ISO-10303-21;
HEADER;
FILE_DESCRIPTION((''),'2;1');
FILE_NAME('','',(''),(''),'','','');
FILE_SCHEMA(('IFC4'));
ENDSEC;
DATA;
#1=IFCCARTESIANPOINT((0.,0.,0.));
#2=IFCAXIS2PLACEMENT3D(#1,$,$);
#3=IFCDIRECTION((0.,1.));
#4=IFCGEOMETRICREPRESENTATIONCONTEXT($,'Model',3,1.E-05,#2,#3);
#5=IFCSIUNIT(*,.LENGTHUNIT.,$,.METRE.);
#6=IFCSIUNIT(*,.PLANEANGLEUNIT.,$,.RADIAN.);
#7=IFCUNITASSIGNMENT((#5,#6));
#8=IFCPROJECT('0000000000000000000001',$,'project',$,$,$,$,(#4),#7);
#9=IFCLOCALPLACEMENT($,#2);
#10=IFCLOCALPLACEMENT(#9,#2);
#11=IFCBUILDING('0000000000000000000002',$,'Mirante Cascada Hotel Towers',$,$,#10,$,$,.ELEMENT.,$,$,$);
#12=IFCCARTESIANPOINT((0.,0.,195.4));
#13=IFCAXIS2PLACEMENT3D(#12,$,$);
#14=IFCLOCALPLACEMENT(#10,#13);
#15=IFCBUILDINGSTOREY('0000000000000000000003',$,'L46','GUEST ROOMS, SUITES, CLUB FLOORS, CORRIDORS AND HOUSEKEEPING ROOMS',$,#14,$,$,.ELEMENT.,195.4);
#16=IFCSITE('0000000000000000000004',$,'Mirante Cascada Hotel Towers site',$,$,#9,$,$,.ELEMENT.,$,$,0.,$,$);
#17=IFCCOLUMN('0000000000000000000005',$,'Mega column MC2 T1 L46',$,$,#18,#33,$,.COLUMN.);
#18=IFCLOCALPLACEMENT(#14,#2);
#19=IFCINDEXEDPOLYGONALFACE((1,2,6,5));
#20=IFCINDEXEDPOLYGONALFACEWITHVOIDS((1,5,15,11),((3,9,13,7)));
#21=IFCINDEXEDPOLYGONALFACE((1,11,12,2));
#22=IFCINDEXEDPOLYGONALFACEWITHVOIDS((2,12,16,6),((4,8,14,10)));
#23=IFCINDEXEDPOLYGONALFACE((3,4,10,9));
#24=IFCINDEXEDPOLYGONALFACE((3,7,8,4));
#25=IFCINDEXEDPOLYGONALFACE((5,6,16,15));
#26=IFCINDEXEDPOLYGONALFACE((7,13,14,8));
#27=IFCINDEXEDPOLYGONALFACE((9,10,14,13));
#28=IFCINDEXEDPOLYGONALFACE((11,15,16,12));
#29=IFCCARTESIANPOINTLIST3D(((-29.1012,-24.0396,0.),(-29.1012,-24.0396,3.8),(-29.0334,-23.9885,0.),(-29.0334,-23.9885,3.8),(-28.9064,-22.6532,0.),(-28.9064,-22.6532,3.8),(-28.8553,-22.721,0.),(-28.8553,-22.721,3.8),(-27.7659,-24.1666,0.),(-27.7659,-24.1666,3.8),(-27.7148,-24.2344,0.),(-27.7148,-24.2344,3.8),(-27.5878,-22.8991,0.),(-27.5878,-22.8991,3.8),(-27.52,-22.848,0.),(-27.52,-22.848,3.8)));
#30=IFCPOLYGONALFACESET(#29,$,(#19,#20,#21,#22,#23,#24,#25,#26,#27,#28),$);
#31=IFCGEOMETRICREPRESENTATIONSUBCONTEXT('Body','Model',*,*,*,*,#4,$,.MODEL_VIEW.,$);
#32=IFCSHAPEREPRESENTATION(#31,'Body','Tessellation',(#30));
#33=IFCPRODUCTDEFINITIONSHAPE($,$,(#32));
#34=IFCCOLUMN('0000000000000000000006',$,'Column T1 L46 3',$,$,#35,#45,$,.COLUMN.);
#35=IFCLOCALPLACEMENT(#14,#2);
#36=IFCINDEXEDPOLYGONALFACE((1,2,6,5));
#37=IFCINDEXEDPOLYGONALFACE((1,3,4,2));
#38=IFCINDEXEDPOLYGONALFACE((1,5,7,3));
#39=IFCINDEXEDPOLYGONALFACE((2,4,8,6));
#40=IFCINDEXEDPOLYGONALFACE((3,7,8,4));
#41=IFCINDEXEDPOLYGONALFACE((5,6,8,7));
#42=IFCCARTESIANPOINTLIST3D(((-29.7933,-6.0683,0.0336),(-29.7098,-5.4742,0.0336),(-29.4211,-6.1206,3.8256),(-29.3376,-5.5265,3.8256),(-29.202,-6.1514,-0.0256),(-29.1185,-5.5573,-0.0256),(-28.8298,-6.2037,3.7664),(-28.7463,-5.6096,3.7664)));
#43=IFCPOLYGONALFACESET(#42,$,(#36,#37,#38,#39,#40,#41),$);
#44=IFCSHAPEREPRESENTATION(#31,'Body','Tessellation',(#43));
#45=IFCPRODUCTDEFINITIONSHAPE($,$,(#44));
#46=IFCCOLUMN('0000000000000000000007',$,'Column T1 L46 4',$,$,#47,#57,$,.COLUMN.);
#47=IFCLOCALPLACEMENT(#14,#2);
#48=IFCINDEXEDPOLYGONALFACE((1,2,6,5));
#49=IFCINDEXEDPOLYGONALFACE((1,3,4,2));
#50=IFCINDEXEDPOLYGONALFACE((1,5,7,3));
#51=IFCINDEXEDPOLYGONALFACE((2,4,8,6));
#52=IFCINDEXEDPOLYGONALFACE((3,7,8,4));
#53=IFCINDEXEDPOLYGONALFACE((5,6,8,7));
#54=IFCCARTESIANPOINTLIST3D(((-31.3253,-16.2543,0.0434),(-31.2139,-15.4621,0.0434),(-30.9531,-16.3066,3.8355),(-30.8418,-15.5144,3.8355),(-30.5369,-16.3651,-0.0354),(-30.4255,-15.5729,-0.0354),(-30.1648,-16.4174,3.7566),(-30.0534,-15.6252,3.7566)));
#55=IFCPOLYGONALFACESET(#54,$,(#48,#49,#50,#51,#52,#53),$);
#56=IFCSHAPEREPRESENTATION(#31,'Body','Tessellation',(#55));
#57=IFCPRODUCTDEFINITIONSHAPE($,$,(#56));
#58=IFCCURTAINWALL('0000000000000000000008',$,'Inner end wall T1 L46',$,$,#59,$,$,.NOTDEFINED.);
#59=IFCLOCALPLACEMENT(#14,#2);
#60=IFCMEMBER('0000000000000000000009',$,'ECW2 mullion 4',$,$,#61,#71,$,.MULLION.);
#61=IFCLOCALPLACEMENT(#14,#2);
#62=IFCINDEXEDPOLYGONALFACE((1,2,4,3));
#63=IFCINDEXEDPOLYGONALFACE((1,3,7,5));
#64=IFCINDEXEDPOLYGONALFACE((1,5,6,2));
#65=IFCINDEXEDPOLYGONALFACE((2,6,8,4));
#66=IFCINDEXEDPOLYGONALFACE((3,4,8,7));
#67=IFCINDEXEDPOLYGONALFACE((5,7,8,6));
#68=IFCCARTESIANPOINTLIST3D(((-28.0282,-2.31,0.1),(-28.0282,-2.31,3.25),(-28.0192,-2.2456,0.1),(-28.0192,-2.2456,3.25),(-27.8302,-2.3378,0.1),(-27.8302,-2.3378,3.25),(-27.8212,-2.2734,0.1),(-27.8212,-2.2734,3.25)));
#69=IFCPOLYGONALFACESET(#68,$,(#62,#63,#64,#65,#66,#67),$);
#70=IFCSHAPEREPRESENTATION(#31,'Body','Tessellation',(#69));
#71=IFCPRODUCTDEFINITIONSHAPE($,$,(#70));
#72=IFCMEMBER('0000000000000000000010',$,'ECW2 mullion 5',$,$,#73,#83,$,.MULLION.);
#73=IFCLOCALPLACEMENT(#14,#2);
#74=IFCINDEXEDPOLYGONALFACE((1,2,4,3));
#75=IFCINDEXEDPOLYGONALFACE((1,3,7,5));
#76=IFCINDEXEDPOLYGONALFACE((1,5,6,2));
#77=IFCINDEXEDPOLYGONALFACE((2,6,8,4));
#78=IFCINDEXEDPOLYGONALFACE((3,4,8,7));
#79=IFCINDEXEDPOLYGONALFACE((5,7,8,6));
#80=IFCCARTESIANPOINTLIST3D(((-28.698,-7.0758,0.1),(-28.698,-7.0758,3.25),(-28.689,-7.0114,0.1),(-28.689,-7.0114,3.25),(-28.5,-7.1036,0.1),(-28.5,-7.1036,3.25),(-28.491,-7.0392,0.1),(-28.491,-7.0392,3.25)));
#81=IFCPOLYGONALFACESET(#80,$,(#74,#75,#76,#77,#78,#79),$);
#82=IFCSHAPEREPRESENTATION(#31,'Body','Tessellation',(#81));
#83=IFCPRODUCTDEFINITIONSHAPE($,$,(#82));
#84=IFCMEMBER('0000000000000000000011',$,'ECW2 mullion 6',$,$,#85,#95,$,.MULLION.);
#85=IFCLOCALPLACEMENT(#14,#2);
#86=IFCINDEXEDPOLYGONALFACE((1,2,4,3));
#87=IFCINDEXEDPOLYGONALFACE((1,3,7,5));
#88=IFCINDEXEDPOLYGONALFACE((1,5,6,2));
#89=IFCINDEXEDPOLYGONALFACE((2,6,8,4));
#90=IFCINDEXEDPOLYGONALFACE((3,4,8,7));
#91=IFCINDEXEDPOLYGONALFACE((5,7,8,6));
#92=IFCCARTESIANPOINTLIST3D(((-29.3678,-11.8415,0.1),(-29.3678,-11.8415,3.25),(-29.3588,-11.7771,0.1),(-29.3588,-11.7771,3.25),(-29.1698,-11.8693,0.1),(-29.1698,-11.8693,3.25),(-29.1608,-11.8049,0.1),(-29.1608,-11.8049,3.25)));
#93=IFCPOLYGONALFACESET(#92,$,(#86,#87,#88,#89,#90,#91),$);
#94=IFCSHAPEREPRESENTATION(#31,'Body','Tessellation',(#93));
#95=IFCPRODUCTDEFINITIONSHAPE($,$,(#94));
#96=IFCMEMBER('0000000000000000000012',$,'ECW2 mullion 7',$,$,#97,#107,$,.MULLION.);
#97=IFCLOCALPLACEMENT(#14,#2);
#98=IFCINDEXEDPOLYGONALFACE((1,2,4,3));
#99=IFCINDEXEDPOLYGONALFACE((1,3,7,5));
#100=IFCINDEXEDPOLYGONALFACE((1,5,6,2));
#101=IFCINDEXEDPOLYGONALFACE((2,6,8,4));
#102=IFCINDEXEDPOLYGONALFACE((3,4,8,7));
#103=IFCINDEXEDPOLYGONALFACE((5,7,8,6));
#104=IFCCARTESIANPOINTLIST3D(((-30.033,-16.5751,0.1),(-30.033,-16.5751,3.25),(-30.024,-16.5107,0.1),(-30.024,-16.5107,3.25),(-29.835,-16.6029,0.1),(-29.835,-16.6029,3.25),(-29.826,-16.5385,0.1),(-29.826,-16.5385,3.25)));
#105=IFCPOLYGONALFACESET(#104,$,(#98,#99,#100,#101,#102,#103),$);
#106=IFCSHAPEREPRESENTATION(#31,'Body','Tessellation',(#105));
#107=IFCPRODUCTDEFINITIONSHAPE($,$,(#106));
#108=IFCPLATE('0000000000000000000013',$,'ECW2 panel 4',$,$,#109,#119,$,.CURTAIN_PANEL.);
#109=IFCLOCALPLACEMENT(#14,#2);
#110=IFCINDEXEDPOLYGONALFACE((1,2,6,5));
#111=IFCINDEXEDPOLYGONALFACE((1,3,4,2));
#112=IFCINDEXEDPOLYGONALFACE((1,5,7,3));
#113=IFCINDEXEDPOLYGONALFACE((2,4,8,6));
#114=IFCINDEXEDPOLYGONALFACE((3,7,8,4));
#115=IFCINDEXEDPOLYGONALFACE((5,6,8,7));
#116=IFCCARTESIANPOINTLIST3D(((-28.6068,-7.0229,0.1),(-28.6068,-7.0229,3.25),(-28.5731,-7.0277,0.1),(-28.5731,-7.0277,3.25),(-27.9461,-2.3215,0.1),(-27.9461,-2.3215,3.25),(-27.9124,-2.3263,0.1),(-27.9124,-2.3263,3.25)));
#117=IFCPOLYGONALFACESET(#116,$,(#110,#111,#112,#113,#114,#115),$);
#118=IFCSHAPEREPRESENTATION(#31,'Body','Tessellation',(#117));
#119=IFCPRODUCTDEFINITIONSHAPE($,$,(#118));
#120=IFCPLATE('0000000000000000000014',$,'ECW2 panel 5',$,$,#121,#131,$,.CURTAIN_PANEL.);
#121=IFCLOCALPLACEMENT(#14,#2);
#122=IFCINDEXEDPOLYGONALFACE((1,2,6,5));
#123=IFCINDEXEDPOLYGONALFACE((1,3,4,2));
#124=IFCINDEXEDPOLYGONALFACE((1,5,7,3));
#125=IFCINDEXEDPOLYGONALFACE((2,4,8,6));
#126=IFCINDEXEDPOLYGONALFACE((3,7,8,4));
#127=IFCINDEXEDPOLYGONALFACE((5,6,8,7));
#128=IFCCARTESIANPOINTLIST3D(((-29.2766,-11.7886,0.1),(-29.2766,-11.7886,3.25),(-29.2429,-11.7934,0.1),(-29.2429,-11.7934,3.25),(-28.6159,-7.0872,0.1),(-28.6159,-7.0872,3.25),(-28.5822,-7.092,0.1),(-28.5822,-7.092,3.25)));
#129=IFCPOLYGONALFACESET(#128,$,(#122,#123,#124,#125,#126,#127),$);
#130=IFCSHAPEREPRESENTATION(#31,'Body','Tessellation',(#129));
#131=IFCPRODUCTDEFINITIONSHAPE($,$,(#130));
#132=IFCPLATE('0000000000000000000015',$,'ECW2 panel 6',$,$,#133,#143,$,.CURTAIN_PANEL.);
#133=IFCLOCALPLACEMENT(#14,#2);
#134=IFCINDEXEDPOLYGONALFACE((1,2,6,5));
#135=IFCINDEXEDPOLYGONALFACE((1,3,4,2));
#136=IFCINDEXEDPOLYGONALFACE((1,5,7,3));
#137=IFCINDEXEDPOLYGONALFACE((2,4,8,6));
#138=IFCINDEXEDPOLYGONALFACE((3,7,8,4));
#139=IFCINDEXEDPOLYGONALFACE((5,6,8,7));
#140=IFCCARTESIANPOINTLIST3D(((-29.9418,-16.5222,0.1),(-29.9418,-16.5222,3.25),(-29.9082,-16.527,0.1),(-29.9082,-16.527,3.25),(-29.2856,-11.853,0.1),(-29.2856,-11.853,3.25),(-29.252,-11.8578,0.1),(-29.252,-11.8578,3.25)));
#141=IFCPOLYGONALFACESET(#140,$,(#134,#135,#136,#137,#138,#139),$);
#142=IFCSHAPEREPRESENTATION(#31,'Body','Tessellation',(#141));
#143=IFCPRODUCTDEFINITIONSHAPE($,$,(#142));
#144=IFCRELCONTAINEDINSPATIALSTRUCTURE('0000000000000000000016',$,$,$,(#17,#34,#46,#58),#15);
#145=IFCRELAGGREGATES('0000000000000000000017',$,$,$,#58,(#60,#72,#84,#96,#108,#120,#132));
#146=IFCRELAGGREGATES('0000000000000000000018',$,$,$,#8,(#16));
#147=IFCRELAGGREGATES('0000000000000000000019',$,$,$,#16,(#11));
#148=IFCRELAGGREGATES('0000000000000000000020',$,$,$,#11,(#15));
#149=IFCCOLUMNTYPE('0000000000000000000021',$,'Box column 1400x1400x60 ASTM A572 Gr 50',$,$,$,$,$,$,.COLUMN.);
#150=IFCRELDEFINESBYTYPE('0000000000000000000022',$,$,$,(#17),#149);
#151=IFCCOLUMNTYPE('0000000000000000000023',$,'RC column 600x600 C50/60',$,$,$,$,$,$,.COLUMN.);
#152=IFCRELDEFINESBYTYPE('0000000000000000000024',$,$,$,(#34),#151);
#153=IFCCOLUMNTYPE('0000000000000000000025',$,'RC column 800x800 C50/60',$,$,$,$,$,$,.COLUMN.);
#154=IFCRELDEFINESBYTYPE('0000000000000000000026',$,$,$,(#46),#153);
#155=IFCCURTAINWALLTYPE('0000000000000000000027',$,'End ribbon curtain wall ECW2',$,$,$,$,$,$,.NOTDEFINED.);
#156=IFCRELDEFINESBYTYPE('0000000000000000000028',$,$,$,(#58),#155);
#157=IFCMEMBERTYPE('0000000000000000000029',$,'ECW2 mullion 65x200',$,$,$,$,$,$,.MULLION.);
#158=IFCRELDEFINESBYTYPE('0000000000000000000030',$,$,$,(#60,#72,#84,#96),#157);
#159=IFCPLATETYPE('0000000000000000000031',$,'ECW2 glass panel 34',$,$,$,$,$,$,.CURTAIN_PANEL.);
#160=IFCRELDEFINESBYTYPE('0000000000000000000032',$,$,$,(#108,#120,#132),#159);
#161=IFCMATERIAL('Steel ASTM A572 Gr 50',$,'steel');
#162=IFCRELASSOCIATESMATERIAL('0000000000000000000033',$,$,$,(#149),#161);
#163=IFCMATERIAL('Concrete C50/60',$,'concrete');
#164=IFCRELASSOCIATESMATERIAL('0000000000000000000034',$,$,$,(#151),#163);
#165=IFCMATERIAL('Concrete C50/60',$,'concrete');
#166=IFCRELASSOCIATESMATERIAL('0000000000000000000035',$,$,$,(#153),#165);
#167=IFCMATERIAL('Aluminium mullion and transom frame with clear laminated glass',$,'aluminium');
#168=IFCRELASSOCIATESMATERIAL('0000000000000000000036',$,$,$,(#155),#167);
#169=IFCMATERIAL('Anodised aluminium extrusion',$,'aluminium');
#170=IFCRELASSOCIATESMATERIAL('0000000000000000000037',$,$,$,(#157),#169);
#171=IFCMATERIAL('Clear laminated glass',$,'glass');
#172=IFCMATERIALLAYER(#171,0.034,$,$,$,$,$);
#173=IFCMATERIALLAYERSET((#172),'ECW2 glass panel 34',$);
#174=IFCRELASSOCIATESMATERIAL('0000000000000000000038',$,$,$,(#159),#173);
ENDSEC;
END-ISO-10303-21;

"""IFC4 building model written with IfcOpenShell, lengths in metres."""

from ifc_helpers import new_model, si_unit, direction, frame, origin, origin_2d, place, context, subcontext, project, spatial, rectangle, hollow_rectangle, extrude, material, layer, layer_set, material_profile, profile_set, type_object, element, aggregate, save


model = new_model("IFC4")

# Units and contexts
model_context = context("Model", 3, precision=1e-05, world=origin(), true_north=direction((0.0, 1.0)))
body_context = subcontext(model_context, "Body", "Model", "MODEL_VIEW")
ifc_project = project(units=[si_unit("LENGTHUNIT", "METRE"), si_unit("PLANEANGLEUNIT", "RADIAN")], contexts=[model_context])

# Site, building, storey
site_placement = place(None, origin())
site = spatial("IfcSite", under=ifc_project, at=site_placement, Name="Mirante Cascada Hotel Towers site", CompositionType="ELEMENT", RefElevation=0.0)
building_placement = place(site_placement, origin())
building = spatial("IfcBuilding", under=site, at=building_placement, Name="Mirante Cascada Hotel Towers", CompositionType="ELEMENT")
storey_placement = place(building_placement, frame((0.0, 0.0, 195.4)))
storey = spatial("IfcBuildingStorey", under=building, at=storey_placement, Name="L46", Description="GUEST ROOMS, SUITES, CLUB FLOORS, CORRIDORS AND HOUSEKEEPING ROOMS", CompositionType="ELEMENT", Elevation=195.4)

# Columns
ifc_material_1 = material(Name="Steel ASTM A572 Gr 50", Category="steel")
ifc_material_profile_1 = material_profile(ifc_material_1, hollow_rectangle(XDim=1.4, YDim=1.4, WallThickness=0.06, at=origin_2d()), Name="Box column 1400x1400x60 ASTM A572 Gr 50")
ifc_profile_set_1 = profile_set([ifc_material_profile_1], Name="Steel ASTM A572 Gr 50")
column_type_1 = type_object("IfcColumnType", Name="Box column 1400x1400x60 ASTM A572 Gr 50", PredefinedType="COLUMN", material=ifc_profile_set_1)
column_1_placement = place(storey_placement, frame((-28.3106, -23.4438, 0.0), z_axis=(0.0, 0.0, 1.0), x_axis=(-0.990268, 0.139173, 0.0)))
element("IfcColumn", 1, at=column_1_placement, inside=storey, type_object=column_type_1, Name="Mega column MC2 T1 L46", PredefinedType="COLUMN", context=body_context, shape_type="SweptSolid", body=[
    extrude(hollow_rectangle(XDim=1.4, YDim=1.4, WallThickness=0.06, at=origin_2d()), origin(), (0.0, 0.0, 1.0), 3.8),
])
ifc_material_2 = material(Name="Concrete C50/60", Category="concrete")
ifc_material_profile_2 = material_profile(ifc_material_2, rectangle(XDim=0.6, YDim=0.6, at=origin_2d()), Name="RC column 600x600 C50/60")
ifc_profile_set_2 = profile_set([ifc_material_profile_2], Name="Concrete C50/60")
column_type_2 = type_object("IfcColumnType", Name="RC column 600x600 C50/60", PredefinedType="COLUMN", material=ifc_profile_set_2)
column_2_placement = place(storey_placement, frame((-29.4559, -5.8128, 0.004), z_axis=(0.097675, -0.013725, 0.995124), x_axis=(0.139149, 0.990271, 0.0)))
element("IfcColumn", 2, at=column_2_placement, inside=storey, type_object=column_type_2, Name="Column T1 L46 3", PredefinedType="COLUMN", context=body_context, shape_type="SweptSolid", body=[
    extrude(rectangle(XDim=0.6, YDim=0.6, at=origin_2d()), origin(), (0.0, 0.0, 1.0), 3.8106),
])
ifc_material_3 = material(Name="Concrete C50/60", Category="concrete")
ifc_material_profile_3 = material_profile(ifc_material_3, rectangle(XDim=0.8, YDim=0.8, at=origin_2d()), Name="RC column 800x800 C50/60")
ifc_profile_set_3 = profile_set([ifc_material_profile_3], Name="Concrete C50/60")
column_type_3 = type_object("IfcColumnType", Name="RC column 800x800 C50/60", PredefinedType="COLUMN", material=ifc_profile_set_3)
column_3_placement = place(storey_placement, frame((-30.8754, -15.9136, 0.004), z_axis=(0.097649, -0.013725, 0.995126), x_axis=(0.139185, 0.990266, 0.0)))
element("IfcColumn", 3, at=column_3_placement, inside=storey, type_object=column_type_3, Name="Column T1 L46 4", PredefinedType="COLUMN", context=body_context, shape_type="SweptSolid", body=[
    extrude(rectangle(XDim=0.8, YDim=0.8, at=origin_2d()), origin(), (0.0, 0.0, 1.0), 3.8106),
])

# Curtain wall, members, plates
ifc_material_4 = material(Name="Aluminium mullion and transom frame with clear laminated glass", Category="aluminium")
curtain_wall_type = type_object("IfcCurtainWallType", Name="End ribbon curtain wall ECW2", PredefinedType="NOTDEFINED", material=ifc_material_4)
curtain_wall_placement = place(storey_placement, origin())
curtain_wall = element("IfcCurtainWall", 4, at=curtain_wall_placement, inside=storey, type_object=curtain_wall_type, Name="Inner end wall T1 L46", PredefinedType="NOTDEFINED")
ifc_material_5 = material(Name="Anodised aluminium extrusion", Category="aluminium")
ifc_material_profile_4 = material_profile(ifc_material_5, rectangle(XDim=0.2, YDim=0.065, at=origin_2d()), Name="ECW2 MULLION 65x200")
ifc_profile_set_4 = profile_set([ifc_material_profile_4], Name="Anodised aluminium extrusion")
member_type = type_object("IfcMemberType", Name="ECW2 mullion 65x200", PredefinedType="MULLION", material=ifc_profile_set_4)
member_1_placement = place(storey_placement, frame((-27.9247, -2.2917, 0.1), z_axis=(0.0, 0.0, 1.0), x_axis=(0.990268, -0.139173, 0.0)))
member_1 = element("IfcMember", 5, at=member_1_placement, type_object=member_type, Name="ECW2 mullion 4", PredefinedType="MULLION", context=body_context, shape_type="SweptSolid", body=[
    extrude(rectangle(XDim=0.2, YDim=0.065, at=origin_2d()), origin(), (0.0, 0.0, 1.0), 3.15),
])
member_2_placement = place(storey_placement, frame((-28.5945, -7.0575, 0.1), z_axis=(0.0, 0.0, 1.0), x_axis=(0.990268, -0.139173, 0.0)))
member_2 = element("IfcMember", 6, at=member_2_placement, type_object=member_type, Name="ECW2 mullion 5", PredefinedType="MULLION", context=body_context, shape_type="SweptSolid", body=[
    extrude(rectangle(XDim=0.2, YDim=0.065, at=origin_2d()), origin(), (0.0, 0.0, 1.0), 3.15),
])
member_3_placement = place(storey_placement, frame((-29.2643, -11.8232, 0.1), z_axis=(0.0, 0.0, 1.0), x_axis=(0.990268, -0.139173, 0.0)))
member_3 = element("IfcMember", 7, at=member_3_placement, type_object=member_type, Name="ECW2 mullion 6", PredefinedType="MULLION", context=body_context, shape_type="SweptSolid", body=[
    extrude(rectangle(XDim=0.2, YDim=0.065, at=origin_2d()), origin(), (0.0, 0.0, 1.0), 3.15),
])
member_4_placement = place(storey_placement, frame((-29.9295, -16.5568, 0.1), z_axis=(0.0, 0.0, 1.0), x_axis=(0.990268, -0.139173, 0.0)))
member_4 = element("IfcMember", 8, at=member_4_placement, type_object=member_type, Name="ECW2 mullion 7", PredefinedType="MULLION", context=body_context, shape_type="SweptSolid", body=[
    extrude(rectangle(XDim=0.2, YDim=0.065, at=origin_2d()), origin(), (0.0, 0.0, 1.0), 3.15),
])
ifc_material_6 = material(Name="Clear laminated glass", Category="glass")
ifc_layer_1 = layer(ifc_material_6, 0.034)
ifc_layer_set_1 = layer_set([ifc_layer_1], Name="ECW2 glass panel 34")
plate_type = type_object("IfcPlateType", Name="ECW2 glass panel 34", PredefinedType="CURTAIN_PANEL", material=ifc_layer_set_1)
plate_1_placement = place(storey_placement, frame((-28.2596, -4.6746, 0.1), z_axis=(0.0, 0.0, 1.0), x_axis=(-0.139173, -0.990268, 0.0)))
plate_1 = element("IfcPlate", 9, at=plate_1_placement, type_object=plate_type, Name="ECW2 panel 4", PredefinedType="CURTAIN_PANEL", context=body_context, shape_type="SweptSolid", body=[
    extrude(rectangle(XDim=4.7476, YDim=0.034, at=origin_2d()), origin(), (0.0, 0.0, 1.0), 3.15),
])
plate_2_placement = place(storey_placement, frame((-28.9294, -9.4403, 0.1), z_axis=(0.0, 0.0, 1.0), x_axis=(-0.139173, -0.990268, 0.0)))
plate_2 = element("IfcPlate", 10, at=plate_2_placement, type_object=plate_type, Name="ECW2 panel 5", PredefinedType="CURTAIN_PANEL", context=body_context, shape_type="SweptSolid", body=[
    extrude(rectangle(XDim=4.7476, YDim=0.034, at=origin_2d()), origin(), (0.0, 0.0, 1.0), 3.15),
])
plate_3_placement = place(storey_placement, frame((-29.5969, -14.19, 0.1), z_axis=(0.0, 0.0, 1.0), x_axis=(-0.139173, -0.990268, 0.0)))
plate_3 = element("IfcPlate", 11, at=plate_3_placement, type_object=plate_type, Name="ECW2 panel 6", PredefinedType="CURTAIN_PANEL", context=body_context, shape_type="SweptSolid", body=[
    extrude(rectangle(XDim=4.7151, YDim=0.034, at=origin_2d()), origin(), (0.0, 0.0, 1.0), 3.15),
])
aggregate(curtain_wall, [member_1, member_2, member_3, member_4, plate_1, plate_2, plate_3])

save(model, "model.ifc")
